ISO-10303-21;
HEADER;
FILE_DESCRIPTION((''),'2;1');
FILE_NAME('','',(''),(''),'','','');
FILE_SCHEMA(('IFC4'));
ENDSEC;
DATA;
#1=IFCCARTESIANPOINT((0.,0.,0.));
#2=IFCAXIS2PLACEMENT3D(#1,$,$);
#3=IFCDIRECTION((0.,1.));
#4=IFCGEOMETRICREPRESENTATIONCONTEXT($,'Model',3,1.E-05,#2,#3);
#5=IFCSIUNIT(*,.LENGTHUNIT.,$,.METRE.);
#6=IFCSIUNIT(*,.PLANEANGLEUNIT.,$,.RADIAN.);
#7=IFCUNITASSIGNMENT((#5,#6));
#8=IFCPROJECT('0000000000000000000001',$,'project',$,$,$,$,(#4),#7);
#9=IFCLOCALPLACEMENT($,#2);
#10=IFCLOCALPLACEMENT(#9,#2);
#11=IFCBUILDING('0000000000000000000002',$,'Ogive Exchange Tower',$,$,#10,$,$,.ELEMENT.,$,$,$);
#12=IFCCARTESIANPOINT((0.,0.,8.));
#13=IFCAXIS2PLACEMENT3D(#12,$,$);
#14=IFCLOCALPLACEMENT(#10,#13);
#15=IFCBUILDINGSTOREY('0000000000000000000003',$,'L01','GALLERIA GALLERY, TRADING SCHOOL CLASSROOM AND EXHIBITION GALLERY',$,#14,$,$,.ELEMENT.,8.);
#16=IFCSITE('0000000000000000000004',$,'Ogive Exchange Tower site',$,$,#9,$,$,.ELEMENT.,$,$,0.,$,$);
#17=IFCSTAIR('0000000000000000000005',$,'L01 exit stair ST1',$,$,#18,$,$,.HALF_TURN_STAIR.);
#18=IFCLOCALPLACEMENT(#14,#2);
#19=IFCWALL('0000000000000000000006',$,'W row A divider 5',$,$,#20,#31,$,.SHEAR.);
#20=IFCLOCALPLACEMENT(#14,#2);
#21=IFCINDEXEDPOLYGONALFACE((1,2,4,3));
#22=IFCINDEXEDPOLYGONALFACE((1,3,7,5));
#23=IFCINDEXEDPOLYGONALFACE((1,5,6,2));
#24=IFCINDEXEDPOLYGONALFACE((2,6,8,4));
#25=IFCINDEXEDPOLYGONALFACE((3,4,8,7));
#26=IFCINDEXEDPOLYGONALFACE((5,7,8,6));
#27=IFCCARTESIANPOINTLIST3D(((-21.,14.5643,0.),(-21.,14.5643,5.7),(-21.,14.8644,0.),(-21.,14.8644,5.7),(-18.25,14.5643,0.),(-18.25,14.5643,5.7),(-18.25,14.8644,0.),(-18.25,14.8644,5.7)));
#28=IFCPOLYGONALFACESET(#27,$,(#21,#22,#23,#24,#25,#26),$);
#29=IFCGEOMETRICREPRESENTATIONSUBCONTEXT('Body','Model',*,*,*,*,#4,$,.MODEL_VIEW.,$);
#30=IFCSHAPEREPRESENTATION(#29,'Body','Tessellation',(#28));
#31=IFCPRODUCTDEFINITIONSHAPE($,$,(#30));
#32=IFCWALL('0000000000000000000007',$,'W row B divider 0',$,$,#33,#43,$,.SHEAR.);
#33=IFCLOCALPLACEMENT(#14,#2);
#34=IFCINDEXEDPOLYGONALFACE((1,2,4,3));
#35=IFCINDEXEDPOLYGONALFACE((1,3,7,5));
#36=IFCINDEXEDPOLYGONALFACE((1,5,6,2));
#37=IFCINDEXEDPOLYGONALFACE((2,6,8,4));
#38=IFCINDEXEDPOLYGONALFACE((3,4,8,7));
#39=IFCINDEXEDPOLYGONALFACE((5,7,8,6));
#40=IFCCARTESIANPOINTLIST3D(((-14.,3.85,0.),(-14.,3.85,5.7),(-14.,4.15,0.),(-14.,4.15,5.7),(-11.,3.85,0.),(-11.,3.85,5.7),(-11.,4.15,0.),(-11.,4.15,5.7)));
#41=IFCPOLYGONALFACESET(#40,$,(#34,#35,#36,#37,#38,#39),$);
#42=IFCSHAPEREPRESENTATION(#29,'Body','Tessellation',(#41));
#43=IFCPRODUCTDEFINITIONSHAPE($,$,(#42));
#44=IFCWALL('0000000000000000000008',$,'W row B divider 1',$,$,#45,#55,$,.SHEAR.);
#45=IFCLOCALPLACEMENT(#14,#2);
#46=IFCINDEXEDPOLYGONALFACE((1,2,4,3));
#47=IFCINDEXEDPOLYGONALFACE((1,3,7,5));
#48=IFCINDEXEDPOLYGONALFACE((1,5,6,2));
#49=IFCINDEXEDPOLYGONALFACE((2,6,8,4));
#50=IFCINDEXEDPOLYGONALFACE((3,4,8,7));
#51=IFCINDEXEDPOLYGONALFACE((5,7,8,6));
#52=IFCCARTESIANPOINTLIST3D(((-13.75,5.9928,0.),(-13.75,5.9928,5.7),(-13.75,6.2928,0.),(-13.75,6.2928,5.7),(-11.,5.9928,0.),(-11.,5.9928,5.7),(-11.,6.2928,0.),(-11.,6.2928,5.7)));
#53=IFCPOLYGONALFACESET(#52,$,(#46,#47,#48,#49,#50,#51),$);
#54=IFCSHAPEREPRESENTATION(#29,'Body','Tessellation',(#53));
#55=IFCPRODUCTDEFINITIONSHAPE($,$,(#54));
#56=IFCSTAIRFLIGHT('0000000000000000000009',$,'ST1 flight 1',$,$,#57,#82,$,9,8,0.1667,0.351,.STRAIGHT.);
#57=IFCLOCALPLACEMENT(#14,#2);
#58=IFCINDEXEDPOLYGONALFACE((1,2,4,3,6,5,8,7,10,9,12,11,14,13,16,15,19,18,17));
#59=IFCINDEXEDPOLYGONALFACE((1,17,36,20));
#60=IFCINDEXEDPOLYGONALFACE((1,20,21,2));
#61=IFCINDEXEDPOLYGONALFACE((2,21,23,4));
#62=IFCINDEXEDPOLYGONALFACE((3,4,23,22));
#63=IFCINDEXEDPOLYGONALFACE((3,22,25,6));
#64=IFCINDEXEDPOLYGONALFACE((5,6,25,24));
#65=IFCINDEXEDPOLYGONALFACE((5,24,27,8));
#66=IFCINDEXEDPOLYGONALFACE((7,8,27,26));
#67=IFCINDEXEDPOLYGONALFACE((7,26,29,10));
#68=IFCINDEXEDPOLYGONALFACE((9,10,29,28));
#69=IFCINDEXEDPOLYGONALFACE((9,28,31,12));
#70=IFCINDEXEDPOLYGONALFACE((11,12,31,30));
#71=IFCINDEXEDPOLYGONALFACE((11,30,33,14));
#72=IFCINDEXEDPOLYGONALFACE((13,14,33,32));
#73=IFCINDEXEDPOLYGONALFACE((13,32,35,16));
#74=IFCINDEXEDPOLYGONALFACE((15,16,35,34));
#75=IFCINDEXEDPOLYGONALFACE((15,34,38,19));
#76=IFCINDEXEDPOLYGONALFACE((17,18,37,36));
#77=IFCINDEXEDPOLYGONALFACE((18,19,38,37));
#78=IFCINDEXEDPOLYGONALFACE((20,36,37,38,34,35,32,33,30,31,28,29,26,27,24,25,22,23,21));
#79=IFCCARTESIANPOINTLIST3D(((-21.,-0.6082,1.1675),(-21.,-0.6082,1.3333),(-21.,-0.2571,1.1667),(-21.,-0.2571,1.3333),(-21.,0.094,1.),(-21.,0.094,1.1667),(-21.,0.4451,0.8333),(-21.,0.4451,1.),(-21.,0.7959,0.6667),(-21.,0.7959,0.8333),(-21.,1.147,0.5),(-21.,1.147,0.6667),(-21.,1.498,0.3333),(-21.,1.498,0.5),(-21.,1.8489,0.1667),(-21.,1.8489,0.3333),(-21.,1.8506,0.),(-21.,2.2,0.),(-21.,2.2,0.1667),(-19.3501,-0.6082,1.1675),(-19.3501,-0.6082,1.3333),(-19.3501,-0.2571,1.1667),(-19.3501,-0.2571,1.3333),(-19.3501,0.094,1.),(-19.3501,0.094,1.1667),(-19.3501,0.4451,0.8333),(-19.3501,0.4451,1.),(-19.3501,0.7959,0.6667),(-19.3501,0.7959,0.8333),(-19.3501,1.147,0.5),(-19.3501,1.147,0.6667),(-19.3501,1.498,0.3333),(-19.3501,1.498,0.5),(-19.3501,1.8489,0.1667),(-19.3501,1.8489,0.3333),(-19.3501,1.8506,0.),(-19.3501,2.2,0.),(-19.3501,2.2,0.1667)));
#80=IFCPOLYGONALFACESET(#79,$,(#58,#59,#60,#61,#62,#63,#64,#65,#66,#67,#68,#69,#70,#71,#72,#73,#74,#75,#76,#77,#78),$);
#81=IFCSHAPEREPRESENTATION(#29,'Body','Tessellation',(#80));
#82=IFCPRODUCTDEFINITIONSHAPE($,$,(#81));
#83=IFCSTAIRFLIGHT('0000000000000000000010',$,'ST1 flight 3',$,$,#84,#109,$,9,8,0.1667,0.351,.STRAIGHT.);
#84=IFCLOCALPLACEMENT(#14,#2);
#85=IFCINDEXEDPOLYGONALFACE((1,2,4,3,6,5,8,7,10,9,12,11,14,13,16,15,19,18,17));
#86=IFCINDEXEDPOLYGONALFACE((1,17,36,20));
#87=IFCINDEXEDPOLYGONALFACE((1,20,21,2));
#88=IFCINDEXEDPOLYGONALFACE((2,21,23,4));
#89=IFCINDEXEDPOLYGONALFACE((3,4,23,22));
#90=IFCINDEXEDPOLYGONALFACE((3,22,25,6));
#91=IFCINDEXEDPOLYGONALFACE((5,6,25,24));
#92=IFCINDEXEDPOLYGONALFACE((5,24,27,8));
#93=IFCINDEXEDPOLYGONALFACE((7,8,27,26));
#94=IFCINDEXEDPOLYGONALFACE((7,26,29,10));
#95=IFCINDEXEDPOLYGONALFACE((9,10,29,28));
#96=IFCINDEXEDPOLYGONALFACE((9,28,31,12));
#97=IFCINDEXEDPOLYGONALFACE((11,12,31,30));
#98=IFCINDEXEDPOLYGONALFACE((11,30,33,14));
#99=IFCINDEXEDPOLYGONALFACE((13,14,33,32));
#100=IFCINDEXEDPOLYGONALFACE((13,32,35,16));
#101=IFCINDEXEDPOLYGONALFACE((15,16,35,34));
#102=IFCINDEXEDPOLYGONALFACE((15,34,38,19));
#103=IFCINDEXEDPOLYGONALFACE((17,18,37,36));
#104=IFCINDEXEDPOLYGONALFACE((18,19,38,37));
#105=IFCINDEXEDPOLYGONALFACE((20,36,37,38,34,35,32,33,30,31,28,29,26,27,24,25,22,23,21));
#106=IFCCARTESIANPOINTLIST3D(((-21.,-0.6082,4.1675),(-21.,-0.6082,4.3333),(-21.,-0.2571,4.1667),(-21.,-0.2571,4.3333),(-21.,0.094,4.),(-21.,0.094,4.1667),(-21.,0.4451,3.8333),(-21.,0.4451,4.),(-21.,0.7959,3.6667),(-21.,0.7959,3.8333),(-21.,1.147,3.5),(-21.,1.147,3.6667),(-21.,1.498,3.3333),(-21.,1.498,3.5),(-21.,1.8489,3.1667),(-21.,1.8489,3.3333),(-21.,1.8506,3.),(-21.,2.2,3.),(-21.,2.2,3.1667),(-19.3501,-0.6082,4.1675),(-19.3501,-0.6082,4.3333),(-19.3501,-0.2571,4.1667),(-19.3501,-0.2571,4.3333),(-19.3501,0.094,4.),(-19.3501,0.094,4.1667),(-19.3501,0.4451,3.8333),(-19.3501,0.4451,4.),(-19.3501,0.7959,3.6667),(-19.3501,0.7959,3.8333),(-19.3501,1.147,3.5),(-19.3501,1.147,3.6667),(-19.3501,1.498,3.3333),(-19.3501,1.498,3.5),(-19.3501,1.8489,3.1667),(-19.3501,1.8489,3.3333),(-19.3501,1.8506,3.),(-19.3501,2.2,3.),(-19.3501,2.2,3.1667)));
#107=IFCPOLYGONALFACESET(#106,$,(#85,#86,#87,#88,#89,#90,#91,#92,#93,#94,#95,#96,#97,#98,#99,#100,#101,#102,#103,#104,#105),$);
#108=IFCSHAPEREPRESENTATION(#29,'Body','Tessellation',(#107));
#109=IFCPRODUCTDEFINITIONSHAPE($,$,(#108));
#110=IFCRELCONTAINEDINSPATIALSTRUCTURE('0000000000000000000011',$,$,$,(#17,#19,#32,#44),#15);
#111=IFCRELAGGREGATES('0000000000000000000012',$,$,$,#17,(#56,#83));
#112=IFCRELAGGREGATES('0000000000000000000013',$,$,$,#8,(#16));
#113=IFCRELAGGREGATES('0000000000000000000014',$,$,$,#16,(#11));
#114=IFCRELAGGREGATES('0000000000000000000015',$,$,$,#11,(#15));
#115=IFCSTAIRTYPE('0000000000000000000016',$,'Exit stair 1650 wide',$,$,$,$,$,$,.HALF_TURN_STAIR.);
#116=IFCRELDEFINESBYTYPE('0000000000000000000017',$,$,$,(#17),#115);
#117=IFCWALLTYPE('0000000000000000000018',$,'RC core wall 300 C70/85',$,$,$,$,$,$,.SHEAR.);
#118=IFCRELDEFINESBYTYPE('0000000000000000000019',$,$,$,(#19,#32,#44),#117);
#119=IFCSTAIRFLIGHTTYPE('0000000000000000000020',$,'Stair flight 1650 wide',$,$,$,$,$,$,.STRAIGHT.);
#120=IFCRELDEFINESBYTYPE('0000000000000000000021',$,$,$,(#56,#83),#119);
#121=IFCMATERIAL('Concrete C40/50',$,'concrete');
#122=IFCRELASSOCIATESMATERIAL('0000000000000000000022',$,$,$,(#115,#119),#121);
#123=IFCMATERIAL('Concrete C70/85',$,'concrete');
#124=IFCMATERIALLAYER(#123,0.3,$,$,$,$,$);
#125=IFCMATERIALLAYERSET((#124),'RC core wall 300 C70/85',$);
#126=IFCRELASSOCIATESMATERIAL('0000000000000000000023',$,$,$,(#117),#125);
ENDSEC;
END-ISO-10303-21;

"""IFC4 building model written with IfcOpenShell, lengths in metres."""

from ifc_helpers import new_model, si_unit, direction, frame, frame_2d, origin, place, context, subcontext, project, spatial, polyline, rectangle, outline, extrude, material, layer, layer_set, type_object, element, aggregate, save


model = new_model("IFC4")

# Units and contexts
model_context = context("Model", 3, precision=1e-05, world=origin(), true_north=direction((0.0, 1.0)))
body_context = subcontext(model_context, "Body", "Model", "MODEL_VIEW")
ifc_project = project(units=[si_unit("LENGTHUNIT", "METRE"), si_unit("PLANEANGLEUNIT", "RADIAN")], contexts=[model_context])

# Site, building, storey
site_placement = place(None, origin())
site = spatial("IfcSite", under=ifc_project, at=site_placement, Name="Ogive Exchange Tower site", CompositionType="ELEMENT", RefElevation=0.0)
building_placement = place(site_placement, origin())
building = spatial("IfcBuilding", under=site, at=building_placement, Name="Ogive Exchange Tower", CompositionType="ELEMENT")
storey_placement = place(building_placement, frame((0.0, 0.0, 8.0)))
storey = spatial("IfcBuildingStorey", under=building, at=storey_placement, Name="L01", Description="GALLERIA GALLERY, TRADING SCHOOL CLASSROOM AND EXHIBITION GALLERY", CompositionType="ELEMENT", Elevation=8.0)

# Shared definitions
ifc_material_1 = material(Name="Concrete C70/85", Category="concrete")

# Stair
ifc_material_2 = material(Name="Concrete C40/50", Category="concrete")
stair_type = type_object("IfcStairType", Name="Exit stair 1650 wide", PredefinedType="HALF_TURN_STAIR", material=ifc_material_2)
stair_placement = place(storey_placement, origin())
stair = element("IfcStair", 1, at=stair_placement, inside=storey, type_object=stair_type, Name="L01 exit stair ST1", PredefinedType="HALF_TURN_STAIR")

# Walls
ifc_layer_1 = layer(ifc_material_1, 0.3)
ifc_layer_set_1 = layer_set([ifc_layer_1], Name="RC core wall 300 C70/85")
wall_type_1 = type_object("IfcWallType", Name="RC core wall 300 C70/85", PredefinedType="SHEAR", material=ifc_layer_set_1)
for number, where, z_axis, x_axis, name in (
    (2, (-21.0, 14.7144, 0.0), (0.0, 0.0, 1.0), (1.0, 0.0, 0.0), "W row A divider 5"),
):
    element("IfcWall", number, at=place(storey_placement, frame(where, z_axis=z_axis, x_axis=x_axis)), inside=storey, type_object=wall_type_1, Name=name, PredefinedType="SHEAR", context=body_context, shape_type="SweptSolid", body=[
        extrude(rectangle(XDim=2.75, YDim=0.3, at=frame_2d((1.375, 0.0))), origin(), (0.0, 0.0, 1.0), 5.7),
    ])
wall_1_placement = place(storey_placement, frame((-14.0, 4.0, 0.0), z_axis=(0.0, 0.0, 1.0), x_axis=(1.0, 0.0, 0.0)))
element("IfcWall", 3, at=wall_1_placement, inside=storey, type_object=wall_type_1, Name="W row B divider 0", PredefinedType="SHEAR", context=body_context, shape_type="SweptSolid", body=[
    extrude(rectangle(XDim=3.0, YDim=0.3, at=frame_2d((1.5, 0.0))), origin(), (0.0, 0.0, 1.0), 5.7),
])
wall_2_placement = place(storey_placement, frame((-13.75, 6.1428, 0.0), z_axis=(0.0, 0.0, 1.0), x_axis=(1.0, 0.0, 0.0)))
element("IfcWall", 4, at=wall_2_placement, inside=storey, type_object=wall_type_1, Name="W row B divider 1", PredefinedType="SHEAR", context=body_context, shape_type="SweptSolid", body=[
    extrude(rectangle(XDim=2.75, YDim=0.3, at=frame_2d((1.375, 0.0))), origin(), (0.0, 0.0, 1.0), 5.7),
])

# Stair flights
stair_flight_type = type_object("IfcStairFlightType", Name="Stair flight 1650 wide", PredefinedType="STRAIGHT", material=ifc_material_2)
stair_flight_1_placement = place(storey_placement, frame((-20.175, 2.2, 0.0), z_axis=(0.0, 0.0, 1.0), x_axis=(0.0, -1.0, 0.0)))
stair_flight_1 = element("IfcStairFlight", 5, at=stair_flight_1_placement, type_object=stair_flight_type, Name="ST1 flight 1", NumberOfRisers=9, NumberOfTreads=8, PredefinedType="STRAIGHT", RiserHeight=0.1667, TreadLength=0.351, context=body_context, shape_type="SweptSolid", body=[
    extrude(outline(polyline([(0.0, 0.0), (0.0, 0.1667), (0.3511, 0.1667), (0.3511, 0.3333), (0.7019, 0.3333), (0.7019, 0.5), (1.053, 0.5), (1.053, 0.6667), (1.4041, 0.6667), (1.4041, 0.8333), (1.7549, 0.8333), (1.7549, 1.0), (2.106, 1.0), (2.106, 1.1667), (2.457, 1.1667), (2.457, 1.3333), (2.8081, 1.3333), (2.8081, 1.5), (2.8081, 1.1675), (0.3494, 0.0), (0.0, 0.0)])), frame((0.0, 0.825, 0.0), z_axis=(0.0, -1.0, 0.0), x_axis=(1.0, 0.0, 0.0)), (0.0, 0.0, 1.0), 1.6499),
])
stair_flight_2_placement = place(storey_placement, frame((-20.175, 2.2, 3.0), z_axis=(0.0, 0.0, 1.0), x_axis=(0.0, -1.0, 0.0)))
stair_flight_2 = element("IfcStairFlight", 6, at=stair_flight_2_placement, type_object=stair_flight_type, Name="ST1 flight 3", NumberOfRisers=9, NumberOfTreads=8, PredefinedType="STRAIGHT", RiserHeight=0.1667, TreadLength=0.351, context=body_context, shape_type="SweptSolid", body=[
    extrude(outline(polyline([(0.0, 0.0), (0.0, 0.1667), (0.3511, 0.1667), (0.3511, 0.3333), (0.7019, 0.3333), (0.7019, 0.5), (1.053, 0.5), (1.053, 0.6667), (1.4041, 0.6667), (1.4041, 0.8333), (1.7549, 0.8333), (1.7549, 1.0), (2.106, 1.0), (2.106, 1.1667), (2.457, 1.1667), (2.457, 1.3333), (2.8081, 1.3333), (2.8081, 1.5), (2.8081, 1.1675), (0.3494, 0.0), (0.0, 0.0)])), frame((0.0, 0.825, 0.0), z_axis=(0.0, -1.0, 0.0), x_axis=(1.0, 0.0, 0.0)), (0.0, 0.0, 1.0), 1.6499),
])
aggregate(stair, [stair_flight_1, stair_flight_2])

save(model, "model.ifc")
